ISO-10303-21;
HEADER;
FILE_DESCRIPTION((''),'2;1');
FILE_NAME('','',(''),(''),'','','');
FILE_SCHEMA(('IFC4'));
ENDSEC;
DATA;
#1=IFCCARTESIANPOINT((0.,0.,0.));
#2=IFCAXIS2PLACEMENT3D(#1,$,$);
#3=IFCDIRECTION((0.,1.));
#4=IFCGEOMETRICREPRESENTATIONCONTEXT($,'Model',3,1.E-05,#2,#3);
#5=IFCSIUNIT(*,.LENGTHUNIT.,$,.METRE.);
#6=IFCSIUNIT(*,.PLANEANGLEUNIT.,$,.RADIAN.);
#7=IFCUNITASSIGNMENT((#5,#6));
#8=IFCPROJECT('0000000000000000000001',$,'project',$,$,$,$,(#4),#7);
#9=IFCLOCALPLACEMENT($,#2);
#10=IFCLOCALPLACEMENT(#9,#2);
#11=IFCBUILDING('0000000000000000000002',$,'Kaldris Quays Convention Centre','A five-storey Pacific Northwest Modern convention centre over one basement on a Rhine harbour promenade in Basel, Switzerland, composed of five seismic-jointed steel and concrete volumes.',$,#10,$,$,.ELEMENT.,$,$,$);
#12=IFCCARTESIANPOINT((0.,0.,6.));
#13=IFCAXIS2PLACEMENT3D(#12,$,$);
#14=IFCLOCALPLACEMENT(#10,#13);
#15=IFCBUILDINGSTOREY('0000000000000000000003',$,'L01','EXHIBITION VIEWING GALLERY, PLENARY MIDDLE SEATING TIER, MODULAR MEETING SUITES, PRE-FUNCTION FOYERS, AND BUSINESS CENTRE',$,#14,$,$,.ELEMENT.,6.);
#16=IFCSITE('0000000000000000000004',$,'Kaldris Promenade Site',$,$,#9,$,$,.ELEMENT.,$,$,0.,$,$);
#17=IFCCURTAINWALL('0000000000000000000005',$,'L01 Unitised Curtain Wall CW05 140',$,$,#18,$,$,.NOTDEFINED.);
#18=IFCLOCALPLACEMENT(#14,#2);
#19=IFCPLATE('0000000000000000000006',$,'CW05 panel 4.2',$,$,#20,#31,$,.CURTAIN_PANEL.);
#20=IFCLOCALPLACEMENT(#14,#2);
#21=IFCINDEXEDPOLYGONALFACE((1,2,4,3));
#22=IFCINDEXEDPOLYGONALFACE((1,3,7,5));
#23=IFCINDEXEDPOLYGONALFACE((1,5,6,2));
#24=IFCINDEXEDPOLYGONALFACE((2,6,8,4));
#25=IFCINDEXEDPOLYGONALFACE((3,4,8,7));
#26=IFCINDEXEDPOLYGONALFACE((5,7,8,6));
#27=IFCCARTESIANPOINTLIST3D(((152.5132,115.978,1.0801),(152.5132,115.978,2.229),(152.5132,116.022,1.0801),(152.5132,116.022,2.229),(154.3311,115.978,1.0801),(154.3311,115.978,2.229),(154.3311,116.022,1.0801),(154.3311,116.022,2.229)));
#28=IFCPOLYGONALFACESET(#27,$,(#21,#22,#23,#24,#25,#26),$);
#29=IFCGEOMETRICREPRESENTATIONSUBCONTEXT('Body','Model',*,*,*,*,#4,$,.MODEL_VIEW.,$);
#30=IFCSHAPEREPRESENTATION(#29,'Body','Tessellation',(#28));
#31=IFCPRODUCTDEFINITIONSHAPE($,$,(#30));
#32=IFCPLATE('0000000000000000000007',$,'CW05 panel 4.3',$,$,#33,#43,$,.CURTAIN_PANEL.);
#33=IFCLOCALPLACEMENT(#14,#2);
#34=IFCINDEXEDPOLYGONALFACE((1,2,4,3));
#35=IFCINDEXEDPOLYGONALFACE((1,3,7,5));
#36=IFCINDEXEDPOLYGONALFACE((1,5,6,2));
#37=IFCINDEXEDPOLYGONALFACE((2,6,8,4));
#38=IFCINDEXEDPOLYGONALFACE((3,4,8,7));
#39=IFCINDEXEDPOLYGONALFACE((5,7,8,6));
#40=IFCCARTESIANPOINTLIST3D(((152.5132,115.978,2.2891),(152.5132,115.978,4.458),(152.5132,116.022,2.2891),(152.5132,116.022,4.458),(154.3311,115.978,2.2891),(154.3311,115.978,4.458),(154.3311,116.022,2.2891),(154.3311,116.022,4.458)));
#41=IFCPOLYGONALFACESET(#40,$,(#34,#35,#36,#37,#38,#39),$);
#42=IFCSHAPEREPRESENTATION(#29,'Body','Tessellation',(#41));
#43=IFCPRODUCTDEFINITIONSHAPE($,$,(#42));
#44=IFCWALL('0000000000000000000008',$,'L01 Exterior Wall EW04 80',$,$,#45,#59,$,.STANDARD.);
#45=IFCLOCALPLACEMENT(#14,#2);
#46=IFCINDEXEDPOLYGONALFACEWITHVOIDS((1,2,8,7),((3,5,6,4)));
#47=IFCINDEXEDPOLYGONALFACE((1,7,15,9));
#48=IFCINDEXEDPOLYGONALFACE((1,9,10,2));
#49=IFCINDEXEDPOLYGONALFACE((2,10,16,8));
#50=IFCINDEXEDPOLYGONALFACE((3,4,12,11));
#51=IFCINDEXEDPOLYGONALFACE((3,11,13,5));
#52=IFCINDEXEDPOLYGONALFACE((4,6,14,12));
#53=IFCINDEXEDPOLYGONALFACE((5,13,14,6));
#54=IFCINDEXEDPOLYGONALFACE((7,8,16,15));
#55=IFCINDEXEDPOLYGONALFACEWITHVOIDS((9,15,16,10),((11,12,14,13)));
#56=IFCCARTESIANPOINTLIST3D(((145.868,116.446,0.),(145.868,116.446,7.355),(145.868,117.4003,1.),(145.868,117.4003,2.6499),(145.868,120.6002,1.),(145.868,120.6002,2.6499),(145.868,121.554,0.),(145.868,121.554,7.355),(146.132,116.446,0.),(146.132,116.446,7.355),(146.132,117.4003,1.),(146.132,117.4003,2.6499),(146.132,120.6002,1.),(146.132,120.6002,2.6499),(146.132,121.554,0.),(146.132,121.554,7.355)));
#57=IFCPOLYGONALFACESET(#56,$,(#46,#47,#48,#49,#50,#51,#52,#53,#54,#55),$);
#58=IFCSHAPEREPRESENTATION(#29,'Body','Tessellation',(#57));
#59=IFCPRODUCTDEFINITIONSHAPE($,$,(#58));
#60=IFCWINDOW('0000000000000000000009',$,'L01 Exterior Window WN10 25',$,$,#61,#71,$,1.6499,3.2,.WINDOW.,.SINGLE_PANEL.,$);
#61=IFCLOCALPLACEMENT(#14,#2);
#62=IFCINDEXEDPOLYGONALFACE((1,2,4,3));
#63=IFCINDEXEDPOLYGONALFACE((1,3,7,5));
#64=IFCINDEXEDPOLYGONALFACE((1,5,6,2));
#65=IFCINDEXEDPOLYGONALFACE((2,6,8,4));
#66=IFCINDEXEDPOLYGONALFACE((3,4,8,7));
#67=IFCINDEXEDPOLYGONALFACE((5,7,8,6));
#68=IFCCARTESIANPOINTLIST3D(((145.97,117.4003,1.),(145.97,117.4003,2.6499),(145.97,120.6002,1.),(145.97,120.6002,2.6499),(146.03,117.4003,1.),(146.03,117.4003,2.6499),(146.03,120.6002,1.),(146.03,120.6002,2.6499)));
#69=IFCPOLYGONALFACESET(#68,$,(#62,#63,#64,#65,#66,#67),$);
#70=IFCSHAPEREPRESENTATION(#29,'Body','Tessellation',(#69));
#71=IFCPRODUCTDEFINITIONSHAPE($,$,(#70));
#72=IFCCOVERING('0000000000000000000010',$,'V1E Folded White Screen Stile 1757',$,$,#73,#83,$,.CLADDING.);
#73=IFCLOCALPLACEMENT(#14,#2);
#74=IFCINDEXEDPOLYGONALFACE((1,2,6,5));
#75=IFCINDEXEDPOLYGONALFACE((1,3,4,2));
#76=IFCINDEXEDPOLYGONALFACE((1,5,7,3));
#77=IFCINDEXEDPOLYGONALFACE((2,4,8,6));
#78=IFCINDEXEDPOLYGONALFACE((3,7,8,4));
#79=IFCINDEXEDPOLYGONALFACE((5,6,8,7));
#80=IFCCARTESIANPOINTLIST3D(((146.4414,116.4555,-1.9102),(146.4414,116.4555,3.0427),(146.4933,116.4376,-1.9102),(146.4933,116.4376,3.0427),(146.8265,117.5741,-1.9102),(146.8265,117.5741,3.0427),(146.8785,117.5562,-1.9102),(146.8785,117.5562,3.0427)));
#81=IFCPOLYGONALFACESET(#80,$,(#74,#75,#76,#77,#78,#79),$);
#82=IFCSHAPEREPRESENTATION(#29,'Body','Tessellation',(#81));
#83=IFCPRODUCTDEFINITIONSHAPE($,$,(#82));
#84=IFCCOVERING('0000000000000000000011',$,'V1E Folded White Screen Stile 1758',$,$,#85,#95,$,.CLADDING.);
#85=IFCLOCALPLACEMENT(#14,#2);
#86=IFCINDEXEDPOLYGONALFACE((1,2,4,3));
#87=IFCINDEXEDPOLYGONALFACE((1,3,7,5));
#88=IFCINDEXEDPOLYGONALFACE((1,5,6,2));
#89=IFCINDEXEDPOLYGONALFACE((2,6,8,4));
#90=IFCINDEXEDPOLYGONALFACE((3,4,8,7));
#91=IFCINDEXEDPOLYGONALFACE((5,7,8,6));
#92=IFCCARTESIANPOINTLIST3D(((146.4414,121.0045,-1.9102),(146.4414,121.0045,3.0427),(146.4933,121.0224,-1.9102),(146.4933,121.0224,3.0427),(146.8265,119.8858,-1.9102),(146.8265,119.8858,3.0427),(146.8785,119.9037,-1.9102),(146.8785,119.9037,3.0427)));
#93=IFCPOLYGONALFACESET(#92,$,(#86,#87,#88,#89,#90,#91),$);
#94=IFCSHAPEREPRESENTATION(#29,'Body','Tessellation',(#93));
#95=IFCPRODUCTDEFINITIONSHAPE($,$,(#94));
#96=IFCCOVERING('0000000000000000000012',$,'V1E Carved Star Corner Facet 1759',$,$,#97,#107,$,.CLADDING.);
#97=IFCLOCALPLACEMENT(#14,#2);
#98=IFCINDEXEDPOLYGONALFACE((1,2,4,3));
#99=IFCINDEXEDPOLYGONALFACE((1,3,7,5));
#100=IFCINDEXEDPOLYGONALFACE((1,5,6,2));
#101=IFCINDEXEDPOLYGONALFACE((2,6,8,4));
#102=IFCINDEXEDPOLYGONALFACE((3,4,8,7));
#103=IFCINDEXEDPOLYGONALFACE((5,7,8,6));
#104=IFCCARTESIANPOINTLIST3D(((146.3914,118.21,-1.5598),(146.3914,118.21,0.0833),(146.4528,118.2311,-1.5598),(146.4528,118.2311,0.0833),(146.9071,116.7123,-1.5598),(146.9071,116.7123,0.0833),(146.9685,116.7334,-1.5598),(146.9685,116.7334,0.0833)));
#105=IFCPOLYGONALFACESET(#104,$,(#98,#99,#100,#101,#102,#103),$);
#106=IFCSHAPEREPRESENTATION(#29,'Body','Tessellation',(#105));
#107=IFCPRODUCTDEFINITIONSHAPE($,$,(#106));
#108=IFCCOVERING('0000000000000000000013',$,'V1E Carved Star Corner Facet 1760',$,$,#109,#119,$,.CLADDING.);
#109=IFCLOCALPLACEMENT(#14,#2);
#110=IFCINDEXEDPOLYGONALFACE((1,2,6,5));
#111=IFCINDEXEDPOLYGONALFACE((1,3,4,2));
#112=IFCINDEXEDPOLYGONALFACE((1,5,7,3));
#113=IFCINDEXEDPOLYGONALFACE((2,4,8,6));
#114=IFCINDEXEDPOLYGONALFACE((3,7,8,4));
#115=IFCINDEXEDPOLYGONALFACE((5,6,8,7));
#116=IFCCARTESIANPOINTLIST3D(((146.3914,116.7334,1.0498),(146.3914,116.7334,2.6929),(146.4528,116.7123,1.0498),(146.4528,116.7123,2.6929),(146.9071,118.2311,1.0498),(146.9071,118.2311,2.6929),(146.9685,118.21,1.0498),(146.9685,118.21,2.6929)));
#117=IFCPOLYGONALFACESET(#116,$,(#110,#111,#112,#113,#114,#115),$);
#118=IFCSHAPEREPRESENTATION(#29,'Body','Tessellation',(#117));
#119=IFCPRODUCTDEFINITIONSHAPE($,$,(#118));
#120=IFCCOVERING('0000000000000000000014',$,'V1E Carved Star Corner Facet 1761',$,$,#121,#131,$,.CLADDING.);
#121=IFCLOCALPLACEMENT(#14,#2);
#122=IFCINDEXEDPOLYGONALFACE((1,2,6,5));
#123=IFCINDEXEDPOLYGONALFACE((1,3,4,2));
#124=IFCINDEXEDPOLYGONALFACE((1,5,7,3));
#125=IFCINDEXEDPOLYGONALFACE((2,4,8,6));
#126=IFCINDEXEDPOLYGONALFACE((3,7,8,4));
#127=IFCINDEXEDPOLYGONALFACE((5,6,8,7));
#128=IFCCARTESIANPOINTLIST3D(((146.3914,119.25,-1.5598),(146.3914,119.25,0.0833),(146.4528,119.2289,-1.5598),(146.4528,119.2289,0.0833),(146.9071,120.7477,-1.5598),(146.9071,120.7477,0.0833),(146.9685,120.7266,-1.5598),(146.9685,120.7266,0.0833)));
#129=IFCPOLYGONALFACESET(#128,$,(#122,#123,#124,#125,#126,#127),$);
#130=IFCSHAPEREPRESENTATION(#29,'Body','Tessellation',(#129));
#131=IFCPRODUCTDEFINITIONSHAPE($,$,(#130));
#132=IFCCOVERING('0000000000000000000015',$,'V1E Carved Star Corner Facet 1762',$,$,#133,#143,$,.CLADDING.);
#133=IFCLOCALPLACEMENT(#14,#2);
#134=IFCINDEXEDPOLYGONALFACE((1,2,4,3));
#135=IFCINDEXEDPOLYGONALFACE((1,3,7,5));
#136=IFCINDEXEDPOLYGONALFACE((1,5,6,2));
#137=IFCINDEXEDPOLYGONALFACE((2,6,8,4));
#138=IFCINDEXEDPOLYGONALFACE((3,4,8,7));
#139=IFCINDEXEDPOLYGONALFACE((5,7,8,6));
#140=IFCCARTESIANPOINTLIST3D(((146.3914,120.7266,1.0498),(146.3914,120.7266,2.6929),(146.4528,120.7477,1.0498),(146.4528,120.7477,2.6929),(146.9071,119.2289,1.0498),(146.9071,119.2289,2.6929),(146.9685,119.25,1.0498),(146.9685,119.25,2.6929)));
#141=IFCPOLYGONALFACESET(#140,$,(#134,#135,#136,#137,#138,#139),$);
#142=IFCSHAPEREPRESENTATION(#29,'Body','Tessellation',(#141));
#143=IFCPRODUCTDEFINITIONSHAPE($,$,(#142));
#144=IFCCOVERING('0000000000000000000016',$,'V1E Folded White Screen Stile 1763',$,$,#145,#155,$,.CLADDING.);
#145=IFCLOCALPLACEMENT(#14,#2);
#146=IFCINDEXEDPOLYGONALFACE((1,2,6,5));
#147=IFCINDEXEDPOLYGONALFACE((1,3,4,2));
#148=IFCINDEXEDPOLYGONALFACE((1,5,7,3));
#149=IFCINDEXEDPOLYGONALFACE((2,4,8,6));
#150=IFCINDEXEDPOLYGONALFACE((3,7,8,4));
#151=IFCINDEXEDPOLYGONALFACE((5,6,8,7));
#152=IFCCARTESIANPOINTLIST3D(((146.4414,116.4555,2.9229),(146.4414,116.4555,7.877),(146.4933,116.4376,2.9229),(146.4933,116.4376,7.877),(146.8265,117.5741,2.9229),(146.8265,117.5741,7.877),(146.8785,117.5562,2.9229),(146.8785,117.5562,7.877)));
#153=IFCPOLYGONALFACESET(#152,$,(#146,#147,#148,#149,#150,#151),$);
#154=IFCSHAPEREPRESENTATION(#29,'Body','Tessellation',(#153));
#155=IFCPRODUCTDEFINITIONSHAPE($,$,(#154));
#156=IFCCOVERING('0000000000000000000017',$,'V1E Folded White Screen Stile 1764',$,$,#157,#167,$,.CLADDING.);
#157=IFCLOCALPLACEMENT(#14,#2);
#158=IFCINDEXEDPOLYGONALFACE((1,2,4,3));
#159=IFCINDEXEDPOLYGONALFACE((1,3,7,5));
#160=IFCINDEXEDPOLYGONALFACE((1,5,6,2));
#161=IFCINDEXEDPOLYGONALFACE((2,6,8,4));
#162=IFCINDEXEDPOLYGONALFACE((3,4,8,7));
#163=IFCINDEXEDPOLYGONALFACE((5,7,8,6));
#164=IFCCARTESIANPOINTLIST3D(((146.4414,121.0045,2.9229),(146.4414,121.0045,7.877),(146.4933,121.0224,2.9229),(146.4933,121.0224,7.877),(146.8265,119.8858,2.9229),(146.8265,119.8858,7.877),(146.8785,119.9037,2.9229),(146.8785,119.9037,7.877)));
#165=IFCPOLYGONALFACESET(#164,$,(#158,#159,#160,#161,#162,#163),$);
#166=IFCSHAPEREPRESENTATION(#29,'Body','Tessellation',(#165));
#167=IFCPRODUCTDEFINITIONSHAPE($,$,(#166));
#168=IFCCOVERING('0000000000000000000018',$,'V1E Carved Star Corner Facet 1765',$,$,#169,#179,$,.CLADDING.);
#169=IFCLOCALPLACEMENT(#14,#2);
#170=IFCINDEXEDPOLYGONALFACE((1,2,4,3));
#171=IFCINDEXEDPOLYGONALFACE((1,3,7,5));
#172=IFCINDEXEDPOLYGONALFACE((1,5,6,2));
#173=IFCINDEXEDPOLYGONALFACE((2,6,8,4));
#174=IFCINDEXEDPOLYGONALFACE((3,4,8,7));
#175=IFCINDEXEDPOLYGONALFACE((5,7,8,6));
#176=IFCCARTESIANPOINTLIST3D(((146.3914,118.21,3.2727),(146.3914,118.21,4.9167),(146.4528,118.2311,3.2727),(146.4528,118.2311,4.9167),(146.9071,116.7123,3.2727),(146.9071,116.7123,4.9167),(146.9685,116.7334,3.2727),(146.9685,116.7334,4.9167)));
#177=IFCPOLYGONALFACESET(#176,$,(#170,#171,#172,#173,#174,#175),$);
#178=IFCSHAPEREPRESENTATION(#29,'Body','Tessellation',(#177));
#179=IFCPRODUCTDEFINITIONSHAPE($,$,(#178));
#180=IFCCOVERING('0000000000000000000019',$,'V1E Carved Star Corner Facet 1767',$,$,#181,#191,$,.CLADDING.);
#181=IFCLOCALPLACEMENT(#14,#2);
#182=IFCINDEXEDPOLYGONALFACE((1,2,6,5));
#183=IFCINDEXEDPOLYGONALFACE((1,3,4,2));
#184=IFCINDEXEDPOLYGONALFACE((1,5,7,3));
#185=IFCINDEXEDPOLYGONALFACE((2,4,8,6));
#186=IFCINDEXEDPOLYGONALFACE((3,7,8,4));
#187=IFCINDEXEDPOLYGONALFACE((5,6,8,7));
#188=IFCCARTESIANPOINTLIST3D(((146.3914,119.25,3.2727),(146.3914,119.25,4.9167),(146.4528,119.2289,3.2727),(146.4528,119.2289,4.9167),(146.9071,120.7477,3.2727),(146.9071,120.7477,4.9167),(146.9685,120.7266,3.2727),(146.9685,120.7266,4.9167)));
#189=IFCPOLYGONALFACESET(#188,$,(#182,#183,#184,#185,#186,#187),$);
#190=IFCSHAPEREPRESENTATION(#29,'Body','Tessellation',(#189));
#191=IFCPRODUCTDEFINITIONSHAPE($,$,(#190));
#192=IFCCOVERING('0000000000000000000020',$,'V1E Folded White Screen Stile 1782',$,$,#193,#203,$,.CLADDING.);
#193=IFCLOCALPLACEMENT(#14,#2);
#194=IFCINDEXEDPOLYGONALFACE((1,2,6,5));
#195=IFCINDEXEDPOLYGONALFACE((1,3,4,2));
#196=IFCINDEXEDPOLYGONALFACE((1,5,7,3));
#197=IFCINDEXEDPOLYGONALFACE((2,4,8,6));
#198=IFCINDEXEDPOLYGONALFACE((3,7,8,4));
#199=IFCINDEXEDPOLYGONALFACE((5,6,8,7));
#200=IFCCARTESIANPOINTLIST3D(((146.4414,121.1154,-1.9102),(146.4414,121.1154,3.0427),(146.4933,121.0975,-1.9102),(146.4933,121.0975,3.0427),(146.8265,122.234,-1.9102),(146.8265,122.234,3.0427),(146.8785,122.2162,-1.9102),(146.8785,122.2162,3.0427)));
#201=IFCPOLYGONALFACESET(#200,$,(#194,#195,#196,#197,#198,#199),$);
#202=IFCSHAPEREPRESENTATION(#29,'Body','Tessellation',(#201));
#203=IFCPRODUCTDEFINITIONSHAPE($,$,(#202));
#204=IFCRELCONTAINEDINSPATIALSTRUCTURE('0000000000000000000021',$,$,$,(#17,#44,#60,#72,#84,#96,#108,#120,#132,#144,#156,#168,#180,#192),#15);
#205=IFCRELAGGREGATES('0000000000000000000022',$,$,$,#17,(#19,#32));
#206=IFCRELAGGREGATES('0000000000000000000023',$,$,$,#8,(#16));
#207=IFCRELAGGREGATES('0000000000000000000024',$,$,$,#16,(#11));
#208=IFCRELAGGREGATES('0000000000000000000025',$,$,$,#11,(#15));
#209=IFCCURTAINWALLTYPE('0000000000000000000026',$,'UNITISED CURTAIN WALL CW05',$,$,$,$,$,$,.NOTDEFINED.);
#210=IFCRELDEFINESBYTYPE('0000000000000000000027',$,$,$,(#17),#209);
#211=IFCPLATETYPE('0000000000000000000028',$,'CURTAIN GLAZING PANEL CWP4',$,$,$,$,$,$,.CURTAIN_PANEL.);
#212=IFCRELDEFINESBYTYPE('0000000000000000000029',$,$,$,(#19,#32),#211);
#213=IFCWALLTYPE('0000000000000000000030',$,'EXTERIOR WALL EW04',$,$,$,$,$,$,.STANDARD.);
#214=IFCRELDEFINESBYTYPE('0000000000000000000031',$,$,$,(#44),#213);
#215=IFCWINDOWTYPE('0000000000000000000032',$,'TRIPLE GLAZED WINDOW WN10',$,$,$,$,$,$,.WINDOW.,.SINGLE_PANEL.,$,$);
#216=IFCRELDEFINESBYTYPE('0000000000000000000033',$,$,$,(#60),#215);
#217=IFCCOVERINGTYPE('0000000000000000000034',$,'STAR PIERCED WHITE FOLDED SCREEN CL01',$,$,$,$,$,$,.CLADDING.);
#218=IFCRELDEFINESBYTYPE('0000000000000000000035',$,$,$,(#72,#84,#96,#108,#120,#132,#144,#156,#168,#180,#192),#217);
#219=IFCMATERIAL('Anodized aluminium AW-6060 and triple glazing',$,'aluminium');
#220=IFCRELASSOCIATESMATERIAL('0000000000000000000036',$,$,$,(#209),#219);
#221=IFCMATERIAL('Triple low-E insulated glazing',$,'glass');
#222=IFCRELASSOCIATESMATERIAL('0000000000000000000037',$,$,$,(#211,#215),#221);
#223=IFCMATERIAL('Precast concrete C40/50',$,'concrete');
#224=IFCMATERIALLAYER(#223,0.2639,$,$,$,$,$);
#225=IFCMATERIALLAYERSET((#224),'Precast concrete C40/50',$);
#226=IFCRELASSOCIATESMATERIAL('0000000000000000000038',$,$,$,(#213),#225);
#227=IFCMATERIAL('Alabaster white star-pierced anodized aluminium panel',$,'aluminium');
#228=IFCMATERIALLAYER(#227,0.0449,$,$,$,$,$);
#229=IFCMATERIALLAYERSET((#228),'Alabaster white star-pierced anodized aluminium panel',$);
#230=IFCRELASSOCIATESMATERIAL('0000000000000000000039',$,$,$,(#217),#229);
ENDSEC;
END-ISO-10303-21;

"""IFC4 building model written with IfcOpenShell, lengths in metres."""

from ifc_helpers import new_model, si_unit, direction, frame, frame_2d, origin, origin_2d, place, context, subcontext, project, spatial, rectangle, extrude, material, layer, layer_set, type_object, element, fill, aggregate, save


model = new_model("IFC4")

# Units and contexts
model_context = context("Model", 3, precision=1e-05, world=origin(), true_north=direction((0.0, 1.0)))
body_context = subcontext(model_context, "Body", "Model", "MODEL_VIEW")
ifc_project = project(units=[si_unit("LENGTHUNIT", "METRE"), si_unit("PLANEANGLEUNIT", "RADIAN")], contexts=[model_context])

# Site, building, storey
site_placement = place(None, origin())
site = spatial("IfcSite", under=ifc_project, at=site_placement, Name="Kaldris Promenade Site", CompositionType="ELEMENT", RefElevation=0.0)
building_placement = place(site_placement, origin())
building = spatial("IfcBuilding", under=site, at=building_placement, Name="Kaldris Quays Convention Centre", Description="A five-storey Pacific Northwest Modern convention centre over one basement on a Rhine harbour promenade in Basel, Switzerland, composed of five seismic-jointed steel and concrete volumes.", CompositionType="ELEMENT")
storey_placement = place(building_placement, frame((0.0, 0.0, 6.0)))
storey = spatial("IfcBuildingStorey", under=building, at=storey_placement, Name="L01", Description="EXHIBITION VIEWING GALLERY, PLENARY MIDDLE SEATING TIER, MODULAR MEETING SUITES, PRE-FUNCTION FOYERS, AND BUSINESS CENTRE", CompositionType="ELEMENT", Elevation=6.0)

# Curtain wall, plates
ifc_material_1 = material(Name="Anodized aluminium AW-6060 and triple glazing", Category="aluminium")
curtain_wall_type = type_object("IfcCurtainWallType", Name="UNITISED CURTAIN WALL CW05", PredefinedType="NOTDEFINED", material=ifc_material_1)
curtain_wall_placement = place(storey_placement, origin())
curtain_wall = element("IfcCurtainWall", 1, at=curtain_wall_placement, inside=storey, type_object=curtain_wall_type, Name="L01 Unitised Curtain Wall CW05 140", PredefinedType="NOTDEFINED")
ifc_material_2 = material(Name="Triple low-E insulated glazing", Category="glass")
plate_type = type_object("IfcPlateType", Name="CURTAIN GLAZING PANEL CWP4", PredefinedType="CURTAIN_PANEL", material=ifc_material_2)
plate_1_placement = place(storey_placement, frame((153.4221, 116.0, 1.0801), z_axis=(0.0, 0.0, 1.0), x_axis=(1.0, 0.0, 0.0)))
plate_1 = element("IfcPlate", 2, at=plate_1_placement, type_object=plate_type, Name="CW05 panel 4.2", PredefinedType="CURTAIN_PANEL", context=body_context, shape_type="SweptSolid", body=[
    extrude(rectangle(XDim=1.8179, YDim=0.0439, at=origin_2d()), origin(), (0.0, 0.0, 1.0), 1.1489),
])
plate_2_placement = place(storey_placement, frame((153.4221, 116.0, 2.2891), z_axis=(0.0, 0.0, 1.0), x_axis=(1.0, 0.0, 0.0)))
plate_2 = element("IfcPlate", 3, at=plate_2_placement, type_object=plate_type, Name="CW05 panel 4.3", PredefinedType="CURTAIN_PANEL", context=body_context, shape_type="SweptSolid", body=[
    extrude(rectangle(XDim=1.8179, YDim=0.0439, at=origin_2d()), origin(), (0.0, 0.0, 1.0), 2.1689),
])
aggregate(curtain_wall, [plate_1, plate_2])

# Wall, opening, window
ifc_material_3 = material(Name="Precast concrete C40/50", Category="concrete")
ifc_layer_1 = layer(ifc_material_3, 0.2639)
ifc_layer_set_1 = layer_set([ifc_layer_1], Name="Precast concrete C40/50")
wall_type = type_object("IfcWallType", Name="EXTERIOR WALL EW04", PredefinedType="STANDARD", material=ifc_layer_set_1)
wall_placement = place(storey_placement, frame((146.0, 116.446, 0.0), z_axis=(0.0, 0.0, 1.0), x_axis=(0.0, 1.0, 0.0)))
wall = element("IfcWall", 4, at=wall_placement, inside=storey, type_object=wall_type, Name="L01 Exterior Wall EW04 80", PredefinedType="STANDARD", context=body_context, shape_type="SweptSolid", body=[
    extrude(rectangle(XDim=5.1079, YDim=0.2639, at=frame_2d((2.554, 0.0))), origin(), (0.0, 0.0, 1.0), 7.355),
])
opening_placement = place(wall_placement, frame((0.9541, 0.0, 1.0)))
opening = element("IfcOpeningElement", 5, at=opening_placement, cuts=wall, PredefinedType="OPENING", context=body_context, shape_type="SweptSolid", body=[
    extrude(rectangle(XDim=3.2, YDim=1.6499, at=frame_2d((1.6001, 0.825))), frame((0.0, 0.1421, 0.0), z_axis=(0.0, -1.0, 0.0), x_axis=(1.0, 0.0, 0.0)), (0.0, 0.0, 1.0), 0.2839),
])
window_type = type_object("IfcWindowType", Name="TRIPLE GLAZED WINDOW WN10", PartitioningType="SINGLE_PANEL", PredefinedType="WINDOW", material=ifc_material_2)
window_placement = place(opening_placement, origin())
window = element("IfcWindow", 6, at=window_placement, inside=storey, type_object=window_type, Name="L01 Exterior Window WN10 25", OverallHeight=1.6499, OverallWidth=3.2, PartitioningType="SINGLE_PANEL", PredefinedType="WINDOW", context=body_context, shape_type="SweptSolid", body=[
    extrude(rectangle(XDim=3.2, YDim=1.6499, at=frame_2d((1.6001, 0.825))), frame((0.0, 0.03, 0.0), z_axis=(0.0, -1.0, 0.0), x_axis=(1.0, 0.0, 0.0)), (0.0, 0.0, 1.0), 0.0601),
])
fill(opening, window)

# Coverings
ifc_material_4 = material(Name="Alabaster white star-pierced anodized aluminium panel", Category="aluminium")
ifc_layer_2 = layer(ifc_material_4, 0.0449)
ifc_layer_set_2 = layer_set([ifc_layer_2], Name="Alabaster white star-pierced anodized aluminium panel")
covering_type = type_object("IfcCoveringType", Name="STAR PIERCED WHITE FOLDED SCREEN CL01", PredefinedType="CLADDING", material=ifc_layer_set_2)
for number, where, z_axis, x_axis, name in (
    (7, (146.6599, 117.0059, -1.9102), (0.0, 0.0, 1.0), (0.325568, 0.945519, 0.0), "V1E Folded White Screen Stile 1757"),
    (8, (146.6599, 120.4541, -1.9102), (0.0, 0.0, 1.0), (-0.325568, 0.945519, 0.0), "V1E Folded White Screen Stile 1758"),
):
    element("IfcCovering", number, at=place(storey_placement, frame(where, z_axis=z_axis, x_axis=x_axis)), inside=storey, type_object=covering_type, Name=name, PredefinedType="CLADDING", context=body_context, shape_type="SweptSolid", body=[
        extrude(rectangle(XDim=1.1831, YDim=0.0549, at=origin_2d()), origin(), (0.0, 0.0, 1.0), 4.9529),
    ])
for number, where, z_axis, x_axis, name in (
    (9, (146.6799, 117.4717, -1.5598), (0.0, 0.0, 1.0), (-0.325568, 0.945519, 0.0), "V1E Carved Star Corner Facet 1759"),
    (10, (146.6799, 117.4717, 1.0498), (0.0, 0.0, 1.0), (0.325568, 0.945519, 0.0), "V1E Carved Star Corner Facet 1760"),
    (11, (146.6799, 119.9883, -1.5598), (0.0, 0.0, 1.0), (0.325568, 0.945519, 0.0), "V1E Carved Star Corner Facet 1761"),
    (12, (146.6799, 119.9883, 1.0498), (0.0, 0.0, 1.0), (-0.325568, 0.945519, 0.0), "V1E Carved Star Corner Facet 1762"),
):
    element("IfcCovering", number, at=place(storey_placement, frame(where, z_axis=z_axis, x_axis=x_axis)), inside=storey, type_object=covering_type, Name=name, PredefinedType="CLADDING", context=body_context, shape_type="SweptSolid", body=[
        extrude(rectangle(XDim=1.584, YDim=0.0649, at=origin_2d()), origin(), (0.0, 0.0, 1.0), 1.6431),
    ])
for number, where, z_axis, x_axis, name in (
    (13, (146.6599, 117.0059, 2.9229), (0.0, 0.0, 1.0), (0.325568, 0.945519, 0.0), "V1E Folded White Screen Stile 1763"),
    (14, (146.6599, 120.4541, 2.9229), (0.0, 0.0, 1.0), (-0.325568, 0.945519, 0.0), "V1E Folded White Screen Stile 1764"),
):
    element("IfcCovering", number, at=place(storey_placement, frame(where, z_axis=z_axis, x_axis=x_axis)), inside=storey, type_object=covering_type, Name=name, PredefinedType="CLADDING", context=body_context, shape_type="SweptSolid", body=[
        extrude(rectangle(XDim=1.1831, YDim=0.0549, at=origin_2d()), origin(), (0.0, 0.0, 1.0), 4.9541),
    ])
for number, where, z_axis, x_axis, name in (
    (15, (146.6799, 117.4717, 3.2727), (0.0, 0.0, 1.0), (-0.325568, 0.945519, 0.0), "V1E Carved Star Corner Facet 1765"),
    (16, (146.6799, 119.9883, 3.2727), (0.0, 0.0, 1.0), (0.325568, 0.945519, 0.0), "V1E Carved Star Corner Facet 1767"),
):
    element("IfcCovering", number, at=place(storey_placement, frame(where, z_axis=z_axis, x_axis=x_axis)), inside=storey, type_object=covering_type, Name=name, PredefinedType="CLADDING", context=body_context, shape_type="SweptSolid", body=[
        extrude(rectangle(XDim=1.584, YDim=0.0649, at=origin_2d()), origin(), (0.0, 0.0, 1.0), 1.644),
    ])
covering_1_placement = place(storey_placement, frame((146.6599, 121.6658, -1.9102), z_axis=(0.0, 0.0, 1.0), x_axis=(0.325568, 0.945519, 0.0)))
element("IfcCovering", 17, at=covering_1_placement, inside=storey, type_object=covering_type, Name="V1E Folded White Screen Stile 1782", PredefinedType="CLADDING", context=body_context, shape_type="SweptSolid", body=[
    extrude(rectangle(XDim=1.1831, YDim=0.0549, at=origin_2d()), origin(), (0.0, 0.0, 1.0), 4.9529),
])

save(model, "model.ifc")
